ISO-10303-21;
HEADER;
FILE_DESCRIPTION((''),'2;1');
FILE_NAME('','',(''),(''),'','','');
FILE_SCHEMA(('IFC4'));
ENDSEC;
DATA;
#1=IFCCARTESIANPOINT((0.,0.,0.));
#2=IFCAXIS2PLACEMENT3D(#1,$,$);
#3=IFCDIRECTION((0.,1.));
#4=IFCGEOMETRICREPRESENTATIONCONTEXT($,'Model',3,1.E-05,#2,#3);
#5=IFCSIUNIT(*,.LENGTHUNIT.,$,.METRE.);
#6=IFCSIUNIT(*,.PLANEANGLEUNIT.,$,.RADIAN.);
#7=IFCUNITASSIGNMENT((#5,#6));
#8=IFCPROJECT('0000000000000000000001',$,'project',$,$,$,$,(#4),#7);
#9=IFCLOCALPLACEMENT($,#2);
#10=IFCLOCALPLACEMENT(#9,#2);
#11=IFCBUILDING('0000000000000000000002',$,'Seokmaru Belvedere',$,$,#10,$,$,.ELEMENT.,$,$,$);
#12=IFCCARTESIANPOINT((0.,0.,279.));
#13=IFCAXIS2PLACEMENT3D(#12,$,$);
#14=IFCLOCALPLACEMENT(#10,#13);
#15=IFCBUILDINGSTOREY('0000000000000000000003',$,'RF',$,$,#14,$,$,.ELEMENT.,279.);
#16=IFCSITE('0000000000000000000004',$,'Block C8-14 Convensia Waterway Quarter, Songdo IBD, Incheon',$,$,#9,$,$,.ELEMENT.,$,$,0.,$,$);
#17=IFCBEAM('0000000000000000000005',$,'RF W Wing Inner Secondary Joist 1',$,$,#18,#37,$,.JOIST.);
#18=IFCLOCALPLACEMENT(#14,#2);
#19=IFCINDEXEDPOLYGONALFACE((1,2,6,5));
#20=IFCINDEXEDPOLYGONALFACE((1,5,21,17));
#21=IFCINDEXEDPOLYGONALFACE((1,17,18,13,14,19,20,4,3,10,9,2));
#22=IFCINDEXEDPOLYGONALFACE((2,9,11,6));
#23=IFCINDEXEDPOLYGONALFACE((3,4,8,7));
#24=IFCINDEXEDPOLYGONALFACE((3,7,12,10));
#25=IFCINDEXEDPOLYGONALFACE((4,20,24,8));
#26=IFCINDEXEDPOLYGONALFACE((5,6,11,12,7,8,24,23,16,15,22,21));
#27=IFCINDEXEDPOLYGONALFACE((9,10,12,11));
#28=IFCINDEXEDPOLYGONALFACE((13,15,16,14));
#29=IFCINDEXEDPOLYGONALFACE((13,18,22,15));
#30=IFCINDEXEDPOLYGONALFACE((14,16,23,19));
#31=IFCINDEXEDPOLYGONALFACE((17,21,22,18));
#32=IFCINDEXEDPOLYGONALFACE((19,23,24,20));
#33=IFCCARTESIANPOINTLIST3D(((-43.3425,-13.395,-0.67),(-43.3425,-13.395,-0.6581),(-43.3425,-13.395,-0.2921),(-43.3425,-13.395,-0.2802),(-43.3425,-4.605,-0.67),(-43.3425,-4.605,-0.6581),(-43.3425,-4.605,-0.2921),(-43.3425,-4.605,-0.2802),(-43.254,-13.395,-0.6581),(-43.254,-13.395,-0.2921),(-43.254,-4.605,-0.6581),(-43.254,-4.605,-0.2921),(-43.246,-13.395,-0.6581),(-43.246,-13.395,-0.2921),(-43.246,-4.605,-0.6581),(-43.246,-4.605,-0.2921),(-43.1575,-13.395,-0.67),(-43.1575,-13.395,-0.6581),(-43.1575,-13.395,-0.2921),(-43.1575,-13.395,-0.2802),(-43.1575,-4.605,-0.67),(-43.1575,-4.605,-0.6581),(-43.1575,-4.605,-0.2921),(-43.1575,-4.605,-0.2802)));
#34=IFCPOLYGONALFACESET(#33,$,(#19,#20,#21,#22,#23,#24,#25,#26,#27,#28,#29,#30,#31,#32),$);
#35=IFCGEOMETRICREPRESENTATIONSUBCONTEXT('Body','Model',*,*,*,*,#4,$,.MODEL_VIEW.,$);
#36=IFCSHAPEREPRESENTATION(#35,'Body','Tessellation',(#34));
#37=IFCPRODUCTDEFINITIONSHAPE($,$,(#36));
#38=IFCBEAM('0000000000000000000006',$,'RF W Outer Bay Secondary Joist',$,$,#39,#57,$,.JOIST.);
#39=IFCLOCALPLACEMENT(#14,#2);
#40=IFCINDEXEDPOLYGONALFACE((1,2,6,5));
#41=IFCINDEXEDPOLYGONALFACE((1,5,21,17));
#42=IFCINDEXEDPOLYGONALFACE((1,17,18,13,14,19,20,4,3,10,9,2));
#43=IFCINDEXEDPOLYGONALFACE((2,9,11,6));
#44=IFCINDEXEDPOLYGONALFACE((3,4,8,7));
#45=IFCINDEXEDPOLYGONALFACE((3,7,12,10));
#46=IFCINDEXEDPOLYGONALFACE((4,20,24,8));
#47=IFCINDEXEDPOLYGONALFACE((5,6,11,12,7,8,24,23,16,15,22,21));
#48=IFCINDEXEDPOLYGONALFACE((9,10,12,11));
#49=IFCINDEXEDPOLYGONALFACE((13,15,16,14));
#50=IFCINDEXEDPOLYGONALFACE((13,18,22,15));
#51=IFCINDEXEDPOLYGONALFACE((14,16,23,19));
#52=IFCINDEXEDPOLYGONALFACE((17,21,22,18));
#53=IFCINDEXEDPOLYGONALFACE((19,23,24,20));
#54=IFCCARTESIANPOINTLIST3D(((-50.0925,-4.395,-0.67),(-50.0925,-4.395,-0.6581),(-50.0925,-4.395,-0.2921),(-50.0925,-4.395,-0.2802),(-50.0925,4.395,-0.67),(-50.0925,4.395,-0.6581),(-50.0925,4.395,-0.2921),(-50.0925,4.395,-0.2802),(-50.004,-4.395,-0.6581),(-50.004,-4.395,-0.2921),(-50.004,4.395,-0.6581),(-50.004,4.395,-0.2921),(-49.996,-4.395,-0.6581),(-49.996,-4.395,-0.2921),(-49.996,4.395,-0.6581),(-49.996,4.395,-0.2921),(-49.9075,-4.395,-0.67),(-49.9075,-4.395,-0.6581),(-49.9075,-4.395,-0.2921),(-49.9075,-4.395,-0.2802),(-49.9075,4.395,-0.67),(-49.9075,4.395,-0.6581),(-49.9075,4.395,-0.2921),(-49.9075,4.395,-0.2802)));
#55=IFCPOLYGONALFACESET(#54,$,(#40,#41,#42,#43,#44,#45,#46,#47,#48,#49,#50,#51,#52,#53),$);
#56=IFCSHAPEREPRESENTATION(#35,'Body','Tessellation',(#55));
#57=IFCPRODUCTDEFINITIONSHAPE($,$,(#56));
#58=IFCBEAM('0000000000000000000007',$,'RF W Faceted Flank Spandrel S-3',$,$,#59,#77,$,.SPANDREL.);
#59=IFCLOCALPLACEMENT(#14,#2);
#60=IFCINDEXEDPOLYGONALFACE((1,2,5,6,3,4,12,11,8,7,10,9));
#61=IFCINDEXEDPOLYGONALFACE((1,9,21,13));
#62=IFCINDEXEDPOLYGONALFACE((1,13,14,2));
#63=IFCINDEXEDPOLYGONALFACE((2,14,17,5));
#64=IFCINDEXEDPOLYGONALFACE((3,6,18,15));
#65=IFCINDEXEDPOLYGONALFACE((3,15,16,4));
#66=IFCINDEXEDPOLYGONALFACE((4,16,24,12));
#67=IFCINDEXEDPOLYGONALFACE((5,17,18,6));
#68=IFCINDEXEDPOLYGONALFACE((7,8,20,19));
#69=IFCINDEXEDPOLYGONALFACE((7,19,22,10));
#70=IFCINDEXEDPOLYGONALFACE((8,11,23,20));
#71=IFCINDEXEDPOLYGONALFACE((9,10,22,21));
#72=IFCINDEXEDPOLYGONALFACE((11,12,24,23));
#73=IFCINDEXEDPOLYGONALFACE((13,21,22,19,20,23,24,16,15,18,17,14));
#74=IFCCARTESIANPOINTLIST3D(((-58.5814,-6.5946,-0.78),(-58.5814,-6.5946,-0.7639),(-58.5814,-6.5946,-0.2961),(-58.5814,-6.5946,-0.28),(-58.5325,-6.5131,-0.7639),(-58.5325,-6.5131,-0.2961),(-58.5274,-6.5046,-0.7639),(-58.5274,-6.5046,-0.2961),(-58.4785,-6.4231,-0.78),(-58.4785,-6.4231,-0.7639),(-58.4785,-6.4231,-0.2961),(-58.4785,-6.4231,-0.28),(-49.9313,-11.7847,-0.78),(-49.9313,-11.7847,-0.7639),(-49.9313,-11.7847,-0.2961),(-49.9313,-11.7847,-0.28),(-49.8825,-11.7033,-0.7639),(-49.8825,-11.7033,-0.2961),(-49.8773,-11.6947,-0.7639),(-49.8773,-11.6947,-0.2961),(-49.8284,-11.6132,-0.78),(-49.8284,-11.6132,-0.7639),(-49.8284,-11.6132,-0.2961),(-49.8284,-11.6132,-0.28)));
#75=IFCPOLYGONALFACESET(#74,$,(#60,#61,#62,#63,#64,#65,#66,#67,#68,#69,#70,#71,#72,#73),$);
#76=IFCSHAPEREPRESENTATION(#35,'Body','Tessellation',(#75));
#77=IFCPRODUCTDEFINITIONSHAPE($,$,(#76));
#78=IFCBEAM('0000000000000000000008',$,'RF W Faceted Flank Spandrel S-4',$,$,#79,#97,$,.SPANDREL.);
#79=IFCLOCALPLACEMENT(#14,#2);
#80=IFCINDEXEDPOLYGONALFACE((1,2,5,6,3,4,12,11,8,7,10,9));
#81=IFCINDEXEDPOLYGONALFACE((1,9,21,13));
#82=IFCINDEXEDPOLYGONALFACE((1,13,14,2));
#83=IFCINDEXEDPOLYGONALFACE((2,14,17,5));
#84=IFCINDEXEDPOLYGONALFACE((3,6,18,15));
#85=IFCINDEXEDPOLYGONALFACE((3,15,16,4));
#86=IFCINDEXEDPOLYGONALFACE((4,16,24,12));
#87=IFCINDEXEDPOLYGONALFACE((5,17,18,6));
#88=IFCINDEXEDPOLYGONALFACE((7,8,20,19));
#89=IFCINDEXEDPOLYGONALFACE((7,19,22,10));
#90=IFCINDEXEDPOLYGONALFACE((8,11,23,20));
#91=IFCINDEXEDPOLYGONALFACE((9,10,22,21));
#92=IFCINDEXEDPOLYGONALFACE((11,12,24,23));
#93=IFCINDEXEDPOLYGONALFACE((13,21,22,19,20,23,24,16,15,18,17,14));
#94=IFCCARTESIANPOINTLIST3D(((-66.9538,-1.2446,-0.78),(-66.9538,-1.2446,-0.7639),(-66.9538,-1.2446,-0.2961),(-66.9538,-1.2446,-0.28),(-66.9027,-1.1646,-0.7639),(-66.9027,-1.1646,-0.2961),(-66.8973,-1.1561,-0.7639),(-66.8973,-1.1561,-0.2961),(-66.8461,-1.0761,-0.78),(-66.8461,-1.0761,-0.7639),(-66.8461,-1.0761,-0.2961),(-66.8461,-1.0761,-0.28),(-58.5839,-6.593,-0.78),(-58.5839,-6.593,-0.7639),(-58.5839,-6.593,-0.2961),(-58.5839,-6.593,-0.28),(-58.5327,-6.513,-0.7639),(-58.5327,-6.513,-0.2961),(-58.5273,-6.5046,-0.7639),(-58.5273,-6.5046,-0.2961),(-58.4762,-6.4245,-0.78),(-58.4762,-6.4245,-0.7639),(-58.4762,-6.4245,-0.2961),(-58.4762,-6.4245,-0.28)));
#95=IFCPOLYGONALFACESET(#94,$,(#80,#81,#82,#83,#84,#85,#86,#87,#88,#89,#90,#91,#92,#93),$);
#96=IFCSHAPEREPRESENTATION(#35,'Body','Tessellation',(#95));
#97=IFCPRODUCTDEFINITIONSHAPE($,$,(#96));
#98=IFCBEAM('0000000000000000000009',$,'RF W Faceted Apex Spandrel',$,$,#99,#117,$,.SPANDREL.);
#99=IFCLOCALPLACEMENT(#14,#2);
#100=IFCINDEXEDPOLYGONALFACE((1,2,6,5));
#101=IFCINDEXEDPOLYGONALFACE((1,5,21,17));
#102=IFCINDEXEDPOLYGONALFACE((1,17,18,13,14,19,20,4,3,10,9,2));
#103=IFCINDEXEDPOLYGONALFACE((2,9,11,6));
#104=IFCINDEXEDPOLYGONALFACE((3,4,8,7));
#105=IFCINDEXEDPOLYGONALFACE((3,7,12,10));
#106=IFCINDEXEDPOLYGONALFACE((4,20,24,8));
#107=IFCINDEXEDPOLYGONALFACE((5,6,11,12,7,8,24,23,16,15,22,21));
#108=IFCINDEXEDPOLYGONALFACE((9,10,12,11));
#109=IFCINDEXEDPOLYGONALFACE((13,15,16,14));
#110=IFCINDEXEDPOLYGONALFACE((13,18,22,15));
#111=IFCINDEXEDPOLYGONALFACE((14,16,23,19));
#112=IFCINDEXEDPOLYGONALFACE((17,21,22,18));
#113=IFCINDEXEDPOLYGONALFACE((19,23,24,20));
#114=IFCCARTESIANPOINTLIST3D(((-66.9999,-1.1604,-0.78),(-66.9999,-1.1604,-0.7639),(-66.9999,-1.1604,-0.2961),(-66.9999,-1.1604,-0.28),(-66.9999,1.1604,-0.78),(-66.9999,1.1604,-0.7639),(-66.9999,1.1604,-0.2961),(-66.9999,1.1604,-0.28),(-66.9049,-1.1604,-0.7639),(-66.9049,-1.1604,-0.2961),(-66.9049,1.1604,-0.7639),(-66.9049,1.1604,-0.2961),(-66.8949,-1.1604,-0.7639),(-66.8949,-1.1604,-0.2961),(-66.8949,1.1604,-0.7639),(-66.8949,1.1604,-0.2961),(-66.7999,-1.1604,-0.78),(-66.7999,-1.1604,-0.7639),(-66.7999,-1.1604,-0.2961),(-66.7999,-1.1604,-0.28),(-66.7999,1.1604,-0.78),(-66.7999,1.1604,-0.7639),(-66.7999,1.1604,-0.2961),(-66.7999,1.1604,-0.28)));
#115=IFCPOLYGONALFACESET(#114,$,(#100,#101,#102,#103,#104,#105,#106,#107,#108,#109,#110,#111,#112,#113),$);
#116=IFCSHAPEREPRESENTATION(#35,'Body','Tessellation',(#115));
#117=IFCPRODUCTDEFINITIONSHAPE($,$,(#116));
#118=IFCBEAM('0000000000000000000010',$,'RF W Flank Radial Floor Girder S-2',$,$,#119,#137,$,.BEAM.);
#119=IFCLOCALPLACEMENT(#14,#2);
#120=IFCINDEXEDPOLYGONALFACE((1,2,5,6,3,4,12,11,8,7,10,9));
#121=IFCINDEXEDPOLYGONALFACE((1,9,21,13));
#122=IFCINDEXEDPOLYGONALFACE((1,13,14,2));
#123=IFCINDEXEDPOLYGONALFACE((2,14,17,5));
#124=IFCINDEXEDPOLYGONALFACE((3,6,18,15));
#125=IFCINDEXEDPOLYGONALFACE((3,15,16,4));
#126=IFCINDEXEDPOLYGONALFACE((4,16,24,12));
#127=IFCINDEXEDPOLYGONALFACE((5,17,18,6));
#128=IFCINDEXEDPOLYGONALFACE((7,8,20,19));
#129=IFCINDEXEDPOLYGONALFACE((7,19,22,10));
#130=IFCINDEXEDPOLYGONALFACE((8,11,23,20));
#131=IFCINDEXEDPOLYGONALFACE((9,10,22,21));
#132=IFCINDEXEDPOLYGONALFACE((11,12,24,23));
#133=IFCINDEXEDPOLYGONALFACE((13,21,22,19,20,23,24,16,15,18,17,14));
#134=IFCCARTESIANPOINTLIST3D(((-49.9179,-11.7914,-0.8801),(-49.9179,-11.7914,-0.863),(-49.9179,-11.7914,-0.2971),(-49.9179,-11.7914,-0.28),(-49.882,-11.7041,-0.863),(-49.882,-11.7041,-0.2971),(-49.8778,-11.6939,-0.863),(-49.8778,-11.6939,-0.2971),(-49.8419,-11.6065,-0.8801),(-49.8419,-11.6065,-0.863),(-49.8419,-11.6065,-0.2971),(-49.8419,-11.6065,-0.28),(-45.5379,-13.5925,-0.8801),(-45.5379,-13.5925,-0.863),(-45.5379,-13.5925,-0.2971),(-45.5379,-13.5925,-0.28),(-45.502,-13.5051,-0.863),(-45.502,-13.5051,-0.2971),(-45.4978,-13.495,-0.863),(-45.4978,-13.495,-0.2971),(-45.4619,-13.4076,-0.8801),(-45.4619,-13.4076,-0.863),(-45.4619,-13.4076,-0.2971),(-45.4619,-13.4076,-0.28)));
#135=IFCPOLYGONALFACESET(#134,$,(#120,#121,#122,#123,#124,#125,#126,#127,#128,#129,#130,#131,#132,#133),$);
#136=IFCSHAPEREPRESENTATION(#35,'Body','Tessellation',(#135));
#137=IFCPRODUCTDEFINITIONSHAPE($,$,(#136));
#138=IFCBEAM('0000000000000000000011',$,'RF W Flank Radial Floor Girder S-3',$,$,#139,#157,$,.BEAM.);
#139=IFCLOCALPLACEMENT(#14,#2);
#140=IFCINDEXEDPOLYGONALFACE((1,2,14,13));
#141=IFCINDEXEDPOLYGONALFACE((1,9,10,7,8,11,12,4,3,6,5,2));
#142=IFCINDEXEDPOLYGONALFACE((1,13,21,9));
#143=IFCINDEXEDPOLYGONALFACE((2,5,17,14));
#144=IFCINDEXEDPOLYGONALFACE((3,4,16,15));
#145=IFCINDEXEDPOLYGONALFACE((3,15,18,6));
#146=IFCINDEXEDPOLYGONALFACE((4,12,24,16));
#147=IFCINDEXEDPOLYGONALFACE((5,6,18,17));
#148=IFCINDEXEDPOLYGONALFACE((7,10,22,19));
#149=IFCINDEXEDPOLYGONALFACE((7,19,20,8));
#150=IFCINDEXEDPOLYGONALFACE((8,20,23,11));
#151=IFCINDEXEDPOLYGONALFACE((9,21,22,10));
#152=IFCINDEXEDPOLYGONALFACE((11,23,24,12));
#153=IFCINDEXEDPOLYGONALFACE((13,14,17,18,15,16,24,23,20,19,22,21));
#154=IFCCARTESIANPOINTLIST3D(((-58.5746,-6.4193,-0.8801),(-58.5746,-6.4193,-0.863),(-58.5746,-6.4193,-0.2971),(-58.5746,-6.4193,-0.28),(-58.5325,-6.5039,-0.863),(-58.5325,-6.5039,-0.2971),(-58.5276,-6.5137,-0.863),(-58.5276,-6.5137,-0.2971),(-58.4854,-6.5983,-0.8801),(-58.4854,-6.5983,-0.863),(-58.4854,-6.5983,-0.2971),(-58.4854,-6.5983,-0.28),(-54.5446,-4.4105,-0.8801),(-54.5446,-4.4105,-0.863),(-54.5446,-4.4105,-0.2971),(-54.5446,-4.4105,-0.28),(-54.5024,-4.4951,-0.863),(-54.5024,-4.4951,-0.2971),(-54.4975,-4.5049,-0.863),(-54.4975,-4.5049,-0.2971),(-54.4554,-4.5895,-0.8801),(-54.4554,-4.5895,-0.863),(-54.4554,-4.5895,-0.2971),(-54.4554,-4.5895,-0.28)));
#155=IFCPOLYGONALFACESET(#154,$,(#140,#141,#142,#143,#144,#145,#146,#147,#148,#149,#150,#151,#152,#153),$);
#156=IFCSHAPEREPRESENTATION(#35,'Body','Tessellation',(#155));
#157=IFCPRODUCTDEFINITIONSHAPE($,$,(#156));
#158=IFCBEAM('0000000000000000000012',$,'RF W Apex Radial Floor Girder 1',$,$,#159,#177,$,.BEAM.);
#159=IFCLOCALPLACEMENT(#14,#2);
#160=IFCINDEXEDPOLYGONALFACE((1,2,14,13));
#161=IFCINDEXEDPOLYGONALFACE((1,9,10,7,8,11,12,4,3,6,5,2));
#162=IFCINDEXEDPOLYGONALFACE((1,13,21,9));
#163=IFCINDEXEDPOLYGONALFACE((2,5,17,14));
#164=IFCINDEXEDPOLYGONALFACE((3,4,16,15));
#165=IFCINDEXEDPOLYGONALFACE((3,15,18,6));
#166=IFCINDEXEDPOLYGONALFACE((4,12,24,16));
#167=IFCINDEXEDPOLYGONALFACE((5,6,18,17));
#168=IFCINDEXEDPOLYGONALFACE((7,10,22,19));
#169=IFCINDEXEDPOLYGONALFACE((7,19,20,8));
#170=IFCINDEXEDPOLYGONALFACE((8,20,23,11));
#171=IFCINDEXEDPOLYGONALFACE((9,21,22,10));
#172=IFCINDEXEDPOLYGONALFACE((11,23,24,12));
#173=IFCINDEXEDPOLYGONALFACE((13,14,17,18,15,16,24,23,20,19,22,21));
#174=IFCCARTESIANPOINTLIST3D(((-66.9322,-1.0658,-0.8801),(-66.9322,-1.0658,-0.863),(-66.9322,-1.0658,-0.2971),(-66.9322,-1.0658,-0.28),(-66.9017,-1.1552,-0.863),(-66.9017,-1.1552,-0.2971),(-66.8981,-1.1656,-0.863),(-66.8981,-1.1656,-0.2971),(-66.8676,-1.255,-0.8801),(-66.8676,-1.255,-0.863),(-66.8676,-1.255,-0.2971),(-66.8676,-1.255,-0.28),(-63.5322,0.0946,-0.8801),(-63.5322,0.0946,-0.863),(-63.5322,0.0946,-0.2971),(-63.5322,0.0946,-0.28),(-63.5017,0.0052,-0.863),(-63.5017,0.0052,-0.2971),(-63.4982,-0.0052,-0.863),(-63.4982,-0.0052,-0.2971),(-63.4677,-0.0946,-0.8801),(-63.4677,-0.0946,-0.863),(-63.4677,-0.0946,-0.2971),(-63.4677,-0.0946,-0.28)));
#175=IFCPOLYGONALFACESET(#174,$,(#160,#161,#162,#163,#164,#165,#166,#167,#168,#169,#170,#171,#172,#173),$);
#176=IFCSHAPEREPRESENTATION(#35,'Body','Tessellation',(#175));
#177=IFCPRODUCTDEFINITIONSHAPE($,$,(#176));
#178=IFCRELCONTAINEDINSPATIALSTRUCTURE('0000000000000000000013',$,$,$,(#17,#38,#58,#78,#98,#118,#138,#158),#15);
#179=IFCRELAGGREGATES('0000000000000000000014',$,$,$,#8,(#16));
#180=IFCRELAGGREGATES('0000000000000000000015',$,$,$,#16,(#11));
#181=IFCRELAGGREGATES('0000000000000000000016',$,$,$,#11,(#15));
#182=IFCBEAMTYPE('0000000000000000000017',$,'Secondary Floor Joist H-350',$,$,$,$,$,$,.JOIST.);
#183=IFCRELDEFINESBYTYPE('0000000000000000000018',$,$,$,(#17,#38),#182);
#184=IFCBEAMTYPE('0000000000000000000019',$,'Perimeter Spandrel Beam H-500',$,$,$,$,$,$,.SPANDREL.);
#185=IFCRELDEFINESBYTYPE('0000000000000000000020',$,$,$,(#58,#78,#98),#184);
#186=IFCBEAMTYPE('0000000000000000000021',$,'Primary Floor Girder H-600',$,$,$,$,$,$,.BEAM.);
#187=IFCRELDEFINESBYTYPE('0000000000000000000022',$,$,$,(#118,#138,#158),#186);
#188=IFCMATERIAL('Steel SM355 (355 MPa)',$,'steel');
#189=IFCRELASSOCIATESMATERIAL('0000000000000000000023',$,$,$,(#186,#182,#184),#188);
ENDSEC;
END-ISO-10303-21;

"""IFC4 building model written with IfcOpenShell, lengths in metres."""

from ifc_helpers import new_model, si_unit, direction, frame, origin, origin_2d, place, context, subcontext, project, spatial, i_section, extrude, source, transform, mapped, material, material_profile, profile_set, type_object, type_shapes, element, save


model = new_model("IFC4")

# Units and contexts
model_context = context("Model", 3, precision=1e-05, world=origin(), true_north=direction((0.0, 1.0)))
body_context = subcontext(model_context, "Body", "Model", "MODEL_VIEW")
ifc_project = project(units=[si_unit("LENGTHUNIT", "METRE"), si_unit("PLANEANGLEUNIT", "RADIAN")], contexts=[model_context])

# Site, building, storey
site_placement = place(None, origin())
site = spatial("IfcSite", under=ifc_project, at=site_placement, Name="Block C8-14 Convensia Waterway Quarter, Songdo IBD, Incheon", CompositionType="ELEMENT", RefElevation=0.0)
building_placement = place(site_placement, origin())
building = spatial("IfcBuilding", under=site, at=building_placement, Name="Seokmaru Belvedere", CompositionType="ELEMENT")
storey_placement = place(building_placement, frame((0.0, 0.0, 279.0)))
storey = spatial("IfcBuildingStorey", under=building, at=storey_placement, Name="RF", CompositionType="ELEMENT", Elevation=279.0)

# Shared definitions
ifc_material_1 = material(Name="Steel SM355 (355 MPa)", Category="steel")

# Beams
ifc_material_profile_1 = material_profile(ifc_material_1, i_section(OverallWidth=0.2, OverallDepth=0.6001, WebThickness=0.011, FlangeThickness=0.0171, at=origin_2d()), Name="H-600x200x11x17")
ifc_profile_set_1 = profile_set([ifc_material_profile_1], Name="Steel SM355 (355 MPa)")
beam_type_1 = type_object("IfcBeamType", Name="Primary Floor Girder H-600", PredefinedType="BEAM", material=ifc_profile_set_1)
ifc_material_profile_2 = material_profile(ifc_material_1, i_section(OverallWidth=0.1851, OverallDepth=0.3899, WebThickness=0.0081, FlangeThickness=0.012, at=origin_2d()), Name="H-390x185x8x12")
ifc_profile_set_2 = profile_set([ifc_material_profile_2], Name="Steel SM355 (355 MPa)")
beam_type_2 = type_object("IfcBeamType", Name="Secondary Floor Joist H-350", PredefinedType="JOIST", material=ifc_profile_set_2)
shared_shape_1 = source(origin(), body_context, "Body", "SweptSolid", [
    extrude(i_section(OverallWidth=0.1851, OverallDepth=0.3899, WebThickness=0.0081, FlangeThickness=0.012, at=origin_2d()), origin(), (0.0, 0.0, 1.0), 8.79),
])
type_shapes(beam_type_2, [shared_shape_1])
for number, where, z_axis, x_axis, name in (
    (1, (-43.25, -13.395, -0.4751), (0.0, 1.0, 0.0), (-1.0, 0.0, 0.0), "RF W Wing Inner Secondary Joist 1"),
    (2, (-50.0, -4.395, -0.4751), (0.0, 1.0, 0.0), (-1.0, 0.0, 0.0), "RF W Outer Bay Secondary Joist"),
):
    element("IfcBeam", number, at=place(storey_placement, frame(where, z_axis=z_axis, x_axis=x_axis)), inside=storey, type_object=beam_type_2, Name=name, PredefinedType="JOIST", context=body_context, shape_type="MappedRepresentation", body=[
        mapped(shared_shape_1, transform((0.0, 0.0, 0.0), scale=1.0)),
    ])
ifc_material_profile_3 = material_profile(ifc_material_1, i_section(OverallWidth=0.2, OverallDepth=0.5, WebThickness=0.01, FlangeThickness=0.0161, at=origin_2d()), Name="H-500x200x10x16")
ifc_profile_set_3 = profile_set([ifc_material_profile_3], Name="Steel SM355 (355 MPa)")
beam_type_3 = type_object("IfcBeamType", Name="Perimeter Spandrel Beam H-500", PredefinedType="SPANDREL", material=ifc_profile_set_3)
shared_shape_2 = source(origin(), body_context, "Body", "SweptSolid", [
    extrude(i_section(OverallWidth=0.2, OverallDepth=0.5, WebThickness=0.01, FlangeThickness=0.0161, at=origin_2d()), origin(), (0.0, 0.0, 1.0), 10.0876),
])
beam_1_placement = place(storey_placement, frame((-49.8799, -11.699, -0.53), z_axis=(-0.857489, 0.514503, 0.0), x_axis=(-0.514503, -0.857489, 0.0)))
element("IfcBeam", 3, at=beam_1_placement, inside=storey, type_object=beam_type_3, Name="RF W Faceted Flank Spandrel S-3", PredefinedType="SPANDREL", context=body_context, shape_type="MappedRepresentation", body=[
    mapped(shared_shape_2, transform((0.0, 0.0, 0.0), scale=1.0)),
])
shared_shape_3 = source(origin(), body_context, "Body", "SweptSolid", [
    extrude(i_section(OverallWidth=0.2, OverallDepth=0.5, WebThickness=0.01, FlangeThickness=0.0161, at=origin_2d()), origin(), (0.0, 0.0, 1.0), 9.9329),
])
beam_2_placement = place(storey_placement, frame((-58.53, -6.5088, -0.53), z_axis=(-0.842652, 0.538459, 0.0), x_axis=(-0.538459, -0.842652, 0.0)))
element("IfcBeam", 4, at=beam_2_placement, inside=storey, type_object=beam_type_3, Name="RF W Faceted Flank Spandrel S-4", PredefinedType="SPANDREL", context=body_context, shape_type="MappedRepresentation", body=[
    mapped(shared_shape_3, transform((0.0, 0.0, 0.0), scale=1.0)),
])
shared_shape_4 = source(origin(), body_context, "Body", "SweptSolid", [
    extrude(i_section(OverallWidth=0.2, OverallDepth=0.5, WebThickness=0.01, FlangeThickness=0.0161, at=origin_2d()), origin(), (0.0, 0.0, 1.0), 2.3208),
])
type_shapes(beam_type_3, [shared_shape_2, shared_shape_3, shared_shape_4])
beam_3_placement = place(storey_placement, frame((-66.8999, -1.1604, -0.53), z_axis=(0.0, 1.0, 0.0), x_axis=(-1.0, 0.0, 0.0)))
element("IfcBeam", 5, at=beam_3_placement, inside=storey, type_object=beam_type_3, Name="RF W Faceted Apex Spandrel", PredefinedType="SPANDREL", context=body_context, shape_type="MappedRepresentation", body=[
    mapped(shared_shape_4, transform((0.0, 0.0, 0.0), scale=1.0)),
])
shared_shape_5 = source(origin(), body_context, "Body", "SweptSolid", [
    extrude(i_section(OverallWidth=0.2, OverallDepth=0.6001, WebThickness=0.011, FlangeThickness=0.0171, at=origin_2d()), origin(), (0.0, 0.0, 1.0), 4.7358),
])
beam_4_placement = place(storey_placement, frame((-49.8799, -11.699, -0.5801), z_axis=(0.924861, -0.380306, 0.0), x_axis=(0.380306, 0.924861, 0.0)))
element("IfcBeam", 6, at=beam_4_placement, inside=storey, type_object=beam_type_1, Name="RF W Flank Radial Floor Girder S-2", PredefinedType="BEAM", context=body_context, shape_type="MappedRepresentation", body=[
    mapped(shared_shape_5, transform((0.0, 0.0, 0.0), scale=1.0)),
])
shared_shape_6 = source(origin(), body_context, "Body", "SweptSolid", [
    extrude(i_section(OverallWidth=0.2, OverallDepth=0.6001, WebThickness=0.011, FlangeThickness=0.0171, at=origin_2d()), origin(), (0.0, 0.0, 1.0), 4.5029),
])
beam_5_placement = place(storey_placement, frame((-58.53, -6.5088, -0.5801), z_axis=(0.89498, 0.446107, 0.0), x_axis=(-0.446107, 0.89498, 0.0)))
element("IfcBeam", 7, at=beam_5_placement, inside=storey, type_object=beam_type_1, Name="RF W Flank Radial Floor Girder S-3", PredefinedType="BEAM", context=body_context, shape_type="MappedRepresentation", body=[
    mapped(shared_shape_6, transform((0.0, 0.0, 0.0), scale=1.0)),
])
shared_shape_7 = source(origin(), body_context, "Body", "SweptSolid", [
    extrude(i_section(OverallWidth=0.2, OverallDepth=0.6001, WebThickness=0.011, FlangeThickness=0.0171, at=origin_2d()), origin(), (0.0, 0.0, 1.0), 3.5925),
])
beam_6_placement = place(storey_placement, frame((-66.8999, -1.1604, -0.5801), z_axis=(0.946396, 0.323009, 0.0), x_axis=(-0.323009, 0.946396, 0.0)))
element("IfcBeam", 8, at=beam_6_placement, inside=storey, type_object=beam_type_1, Name="RF W Apex Radial Floor Girder 1", PredefinedType="BEAM", context=body_context, shape_type="MappedRepresentation", body=[
    mapped(shared_shape_7, transform((0.0, 0.0, 0.0), scale=1.0)),
])

save(model, "model.ifc")
